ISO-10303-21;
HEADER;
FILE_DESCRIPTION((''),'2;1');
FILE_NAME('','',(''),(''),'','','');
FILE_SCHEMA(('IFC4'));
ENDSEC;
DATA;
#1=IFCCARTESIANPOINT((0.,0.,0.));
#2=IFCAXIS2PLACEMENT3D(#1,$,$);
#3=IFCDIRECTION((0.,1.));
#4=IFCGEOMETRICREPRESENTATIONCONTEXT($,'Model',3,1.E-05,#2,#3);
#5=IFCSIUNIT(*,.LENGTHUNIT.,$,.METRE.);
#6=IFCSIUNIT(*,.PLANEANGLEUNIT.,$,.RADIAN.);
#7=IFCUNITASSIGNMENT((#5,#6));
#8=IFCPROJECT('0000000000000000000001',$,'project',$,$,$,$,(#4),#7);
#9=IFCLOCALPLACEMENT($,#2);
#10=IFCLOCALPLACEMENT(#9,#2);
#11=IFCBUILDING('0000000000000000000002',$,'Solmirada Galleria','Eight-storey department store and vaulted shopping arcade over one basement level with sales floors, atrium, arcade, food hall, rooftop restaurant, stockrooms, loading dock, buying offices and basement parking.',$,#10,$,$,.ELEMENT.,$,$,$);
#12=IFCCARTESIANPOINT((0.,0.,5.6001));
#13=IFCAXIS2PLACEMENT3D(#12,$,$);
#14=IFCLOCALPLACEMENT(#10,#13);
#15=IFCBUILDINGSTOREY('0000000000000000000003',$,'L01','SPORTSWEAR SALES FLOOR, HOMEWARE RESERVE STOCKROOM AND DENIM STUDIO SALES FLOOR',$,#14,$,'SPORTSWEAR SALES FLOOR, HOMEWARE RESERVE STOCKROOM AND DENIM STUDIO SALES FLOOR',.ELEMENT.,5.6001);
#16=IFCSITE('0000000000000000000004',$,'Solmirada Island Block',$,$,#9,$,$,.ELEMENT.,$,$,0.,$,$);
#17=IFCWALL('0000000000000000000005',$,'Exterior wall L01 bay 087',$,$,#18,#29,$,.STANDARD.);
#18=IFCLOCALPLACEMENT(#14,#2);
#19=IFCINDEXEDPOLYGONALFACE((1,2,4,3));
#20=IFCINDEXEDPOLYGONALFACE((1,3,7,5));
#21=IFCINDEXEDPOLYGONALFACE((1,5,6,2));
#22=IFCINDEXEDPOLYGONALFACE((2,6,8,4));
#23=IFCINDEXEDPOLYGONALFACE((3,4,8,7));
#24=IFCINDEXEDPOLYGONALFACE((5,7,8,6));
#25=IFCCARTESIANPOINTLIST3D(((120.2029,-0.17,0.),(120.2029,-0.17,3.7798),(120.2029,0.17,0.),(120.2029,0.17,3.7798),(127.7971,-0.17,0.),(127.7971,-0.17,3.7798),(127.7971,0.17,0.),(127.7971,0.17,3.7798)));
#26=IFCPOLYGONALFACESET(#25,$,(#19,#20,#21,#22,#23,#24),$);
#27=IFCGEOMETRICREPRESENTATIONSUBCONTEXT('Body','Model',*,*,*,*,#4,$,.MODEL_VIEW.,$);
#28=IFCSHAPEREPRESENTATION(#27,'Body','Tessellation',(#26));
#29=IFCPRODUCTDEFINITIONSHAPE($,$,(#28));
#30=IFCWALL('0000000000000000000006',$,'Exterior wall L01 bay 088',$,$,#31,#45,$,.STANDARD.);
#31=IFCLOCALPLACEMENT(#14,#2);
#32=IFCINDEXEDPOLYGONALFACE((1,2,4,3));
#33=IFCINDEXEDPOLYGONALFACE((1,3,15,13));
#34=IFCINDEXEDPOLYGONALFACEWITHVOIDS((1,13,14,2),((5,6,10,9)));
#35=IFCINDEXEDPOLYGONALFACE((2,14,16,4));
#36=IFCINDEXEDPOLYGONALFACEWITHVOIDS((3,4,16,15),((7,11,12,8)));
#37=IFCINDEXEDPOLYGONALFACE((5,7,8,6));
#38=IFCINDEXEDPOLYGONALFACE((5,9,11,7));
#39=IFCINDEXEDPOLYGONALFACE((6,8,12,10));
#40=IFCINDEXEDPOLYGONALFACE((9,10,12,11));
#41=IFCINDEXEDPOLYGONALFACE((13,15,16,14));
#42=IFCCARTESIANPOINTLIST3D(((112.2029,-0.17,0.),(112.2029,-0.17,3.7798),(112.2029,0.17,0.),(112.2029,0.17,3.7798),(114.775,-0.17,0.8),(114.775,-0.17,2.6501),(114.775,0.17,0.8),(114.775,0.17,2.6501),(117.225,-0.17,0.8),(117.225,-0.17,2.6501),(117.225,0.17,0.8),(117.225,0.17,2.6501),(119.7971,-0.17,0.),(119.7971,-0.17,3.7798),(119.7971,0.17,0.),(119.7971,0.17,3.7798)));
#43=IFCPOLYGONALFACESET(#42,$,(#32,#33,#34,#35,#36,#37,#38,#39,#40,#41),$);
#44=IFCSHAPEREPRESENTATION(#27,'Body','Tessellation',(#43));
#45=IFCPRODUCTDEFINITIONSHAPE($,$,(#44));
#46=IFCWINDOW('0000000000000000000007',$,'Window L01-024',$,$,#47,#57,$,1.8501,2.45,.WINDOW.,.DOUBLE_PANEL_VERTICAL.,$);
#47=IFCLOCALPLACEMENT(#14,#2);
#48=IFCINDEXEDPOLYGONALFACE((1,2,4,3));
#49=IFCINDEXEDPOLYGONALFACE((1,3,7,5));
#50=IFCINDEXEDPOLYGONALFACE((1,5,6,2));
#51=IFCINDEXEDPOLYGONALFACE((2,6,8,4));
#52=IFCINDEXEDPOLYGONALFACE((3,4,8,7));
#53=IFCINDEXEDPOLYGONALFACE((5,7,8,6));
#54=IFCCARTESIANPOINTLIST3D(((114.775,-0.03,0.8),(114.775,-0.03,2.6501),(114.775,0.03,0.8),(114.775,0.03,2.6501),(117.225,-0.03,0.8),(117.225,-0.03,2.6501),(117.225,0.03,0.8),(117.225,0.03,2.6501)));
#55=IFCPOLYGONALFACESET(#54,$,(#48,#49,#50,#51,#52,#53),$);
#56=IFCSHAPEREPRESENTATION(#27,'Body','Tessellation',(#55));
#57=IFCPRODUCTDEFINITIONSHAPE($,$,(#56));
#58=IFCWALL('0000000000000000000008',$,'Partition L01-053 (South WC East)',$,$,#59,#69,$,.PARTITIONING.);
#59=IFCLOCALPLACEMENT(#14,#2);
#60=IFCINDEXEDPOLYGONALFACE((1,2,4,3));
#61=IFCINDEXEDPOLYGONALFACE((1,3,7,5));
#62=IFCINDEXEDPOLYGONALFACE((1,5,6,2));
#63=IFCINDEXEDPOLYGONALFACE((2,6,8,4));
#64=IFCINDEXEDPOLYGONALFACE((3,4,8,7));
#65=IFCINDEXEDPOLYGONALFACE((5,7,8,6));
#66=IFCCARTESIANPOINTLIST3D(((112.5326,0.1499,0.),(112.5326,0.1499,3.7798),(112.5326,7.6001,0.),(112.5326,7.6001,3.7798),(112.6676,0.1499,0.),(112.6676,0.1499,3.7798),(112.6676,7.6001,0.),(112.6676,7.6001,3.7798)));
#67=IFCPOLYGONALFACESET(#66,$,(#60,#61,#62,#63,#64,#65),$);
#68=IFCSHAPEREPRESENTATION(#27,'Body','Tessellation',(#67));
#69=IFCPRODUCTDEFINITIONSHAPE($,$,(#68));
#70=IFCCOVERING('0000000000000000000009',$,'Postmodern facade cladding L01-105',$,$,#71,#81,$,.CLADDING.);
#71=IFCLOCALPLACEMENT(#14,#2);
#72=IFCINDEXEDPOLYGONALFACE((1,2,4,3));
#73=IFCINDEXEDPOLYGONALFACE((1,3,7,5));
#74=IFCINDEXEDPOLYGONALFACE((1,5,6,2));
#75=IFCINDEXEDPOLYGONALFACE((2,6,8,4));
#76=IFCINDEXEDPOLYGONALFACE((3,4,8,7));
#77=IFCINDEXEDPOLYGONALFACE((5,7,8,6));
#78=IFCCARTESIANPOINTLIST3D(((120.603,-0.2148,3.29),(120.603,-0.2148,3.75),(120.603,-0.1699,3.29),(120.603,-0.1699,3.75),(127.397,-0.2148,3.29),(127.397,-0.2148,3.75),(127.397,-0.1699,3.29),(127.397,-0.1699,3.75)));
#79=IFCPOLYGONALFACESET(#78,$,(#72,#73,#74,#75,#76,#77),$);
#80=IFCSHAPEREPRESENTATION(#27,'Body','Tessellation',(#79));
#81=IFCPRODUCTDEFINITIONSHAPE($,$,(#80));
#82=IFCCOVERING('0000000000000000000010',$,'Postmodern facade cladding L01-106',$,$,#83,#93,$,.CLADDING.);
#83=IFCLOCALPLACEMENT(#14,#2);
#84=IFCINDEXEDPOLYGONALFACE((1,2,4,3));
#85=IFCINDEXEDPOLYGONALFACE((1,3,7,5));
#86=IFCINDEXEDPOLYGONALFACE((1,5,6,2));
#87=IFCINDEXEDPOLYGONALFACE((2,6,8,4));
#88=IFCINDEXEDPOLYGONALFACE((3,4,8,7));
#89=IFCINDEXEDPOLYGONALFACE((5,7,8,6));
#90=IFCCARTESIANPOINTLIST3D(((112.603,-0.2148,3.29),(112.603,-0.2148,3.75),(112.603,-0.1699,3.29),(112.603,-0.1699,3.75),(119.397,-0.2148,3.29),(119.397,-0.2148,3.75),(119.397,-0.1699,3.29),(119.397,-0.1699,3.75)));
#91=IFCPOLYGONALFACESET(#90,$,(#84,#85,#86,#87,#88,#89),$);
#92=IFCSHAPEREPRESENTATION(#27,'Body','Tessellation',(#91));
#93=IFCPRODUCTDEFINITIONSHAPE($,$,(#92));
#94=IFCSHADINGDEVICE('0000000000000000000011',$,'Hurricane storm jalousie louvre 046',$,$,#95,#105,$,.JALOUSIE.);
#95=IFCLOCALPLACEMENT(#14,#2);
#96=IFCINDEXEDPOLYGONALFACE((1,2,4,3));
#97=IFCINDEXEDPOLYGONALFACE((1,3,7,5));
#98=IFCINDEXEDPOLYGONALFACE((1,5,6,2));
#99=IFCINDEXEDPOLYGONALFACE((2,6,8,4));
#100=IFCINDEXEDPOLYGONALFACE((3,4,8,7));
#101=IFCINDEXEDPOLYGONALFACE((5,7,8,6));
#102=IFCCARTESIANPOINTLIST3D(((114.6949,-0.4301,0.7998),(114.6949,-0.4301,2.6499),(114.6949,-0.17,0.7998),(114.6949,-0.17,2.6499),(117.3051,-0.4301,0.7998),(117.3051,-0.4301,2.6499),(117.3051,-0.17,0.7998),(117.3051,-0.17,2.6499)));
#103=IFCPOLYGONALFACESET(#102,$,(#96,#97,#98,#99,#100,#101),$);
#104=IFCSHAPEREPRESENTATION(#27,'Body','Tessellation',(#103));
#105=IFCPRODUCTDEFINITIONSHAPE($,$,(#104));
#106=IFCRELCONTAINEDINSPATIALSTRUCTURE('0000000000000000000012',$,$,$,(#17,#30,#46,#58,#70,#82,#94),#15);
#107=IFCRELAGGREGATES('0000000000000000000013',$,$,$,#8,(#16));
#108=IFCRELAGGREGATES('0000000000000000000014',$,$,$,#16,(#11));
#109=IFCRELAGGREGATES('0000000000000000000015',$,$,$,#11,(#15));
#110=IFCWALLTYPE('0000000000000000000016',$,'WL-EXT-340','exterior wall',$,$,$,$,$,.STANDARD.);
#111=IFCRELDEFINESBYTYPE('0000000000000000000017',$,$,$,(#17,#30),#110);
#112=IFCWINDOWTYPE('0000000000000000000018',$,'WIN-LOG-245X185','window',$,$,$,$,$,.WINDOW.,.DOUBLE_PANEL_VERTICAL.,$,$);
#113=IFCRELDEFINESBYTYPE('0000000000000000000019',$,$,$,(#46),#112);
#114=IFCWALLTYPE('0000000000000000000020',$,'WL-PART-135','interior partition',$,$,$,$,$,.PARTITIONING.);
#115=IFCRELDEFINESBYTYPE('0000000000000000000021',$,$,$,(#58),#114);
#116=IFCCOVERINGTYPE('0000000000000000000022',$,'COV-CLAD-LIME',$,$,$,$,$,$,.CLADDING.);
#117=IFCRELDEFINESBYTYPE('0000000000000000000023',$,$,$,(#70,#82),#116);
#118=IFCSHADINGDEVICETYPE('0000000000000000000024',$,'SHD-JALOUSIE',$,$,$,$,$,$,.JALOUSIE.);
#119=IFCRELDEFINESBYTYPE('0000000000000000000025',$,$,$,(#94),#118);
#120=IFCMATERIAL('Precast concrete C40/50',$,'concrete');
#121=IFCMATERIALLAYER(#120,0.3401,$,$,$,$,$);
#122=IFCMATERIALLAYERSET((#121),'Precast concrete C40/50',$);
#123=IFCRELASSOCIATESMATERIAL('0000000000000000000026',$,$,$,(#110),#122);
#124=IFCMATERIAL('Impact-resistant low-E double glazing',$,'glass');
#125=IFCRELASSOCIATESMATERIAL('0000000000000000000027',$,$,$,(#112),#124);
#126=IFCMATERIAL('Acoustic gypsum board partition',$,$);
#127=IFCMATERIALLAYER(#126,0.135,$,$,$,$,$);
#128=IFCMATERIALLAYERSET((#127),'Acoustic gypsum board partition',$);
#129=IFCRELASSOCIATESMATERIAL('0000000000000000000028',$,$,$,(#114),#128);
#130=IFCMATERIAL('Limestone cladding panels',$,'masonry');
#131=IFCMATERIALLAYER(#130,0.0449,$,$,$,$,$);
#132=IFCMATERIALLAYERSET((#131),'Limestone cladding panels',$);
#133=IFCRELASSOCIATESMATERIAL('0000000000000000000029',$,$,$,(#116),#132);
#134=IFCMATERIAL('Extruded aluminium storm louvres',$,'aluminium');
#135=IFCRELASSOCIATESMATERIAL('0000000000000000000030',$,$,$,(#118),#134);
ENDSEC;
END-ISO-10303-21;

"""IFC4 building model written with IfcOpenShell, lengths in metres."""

from ifc_helpers import new_model, si_unit, direction, frame, frame_2d, origin, origin_2d, place, context, subcontext, project, spatial, rectangle, extrude, material, layer, layer_set, type_object, element, fill, save


model = new_model("IFC4")

# Units and contexts
model_context = context("Model", 3, precision=1e-05, world=origin(), true_north=direction((0.0, 1.0)))
body_context = subcontext(model_context, "Body", "Model", "MODEL_VIEW")
ifc_project = project(units=[si_unit("LENGTHUNIT", "METRE"), si_unit("PLANEANGLEUNIT", "RADIAN")], contexts=[model_context])

# Site, building, storey
site_placement = place(None, origin())
site = spatial("IfcSite", under=ifc_project, at=site_placement, Name="Solmirada Island Block", CompositionType="ELEMENT", RefElevation=0.0)
building_placement = place(site_placement, origin())
building = spatial("IfcBuilding", under=site, at=building_placement, Name="Solmirada Galleria", Description="Eight-storey department store and vaulted shopping arcade over one basement level with sales floors, atrium, arcade, food hall, rooftop restaurant, stockrooms, loading dock, buying offices and basement parking.", CompositionType="ELEMENT")
storey_placement = place(building_placement, frame((0.0, 0.0, 5.6001)))
storey = spatial("IfcBuildingStorey", under=building, at=storey_placement, Name="L01", Description="SPORTSWEAR SALES FLOOR, HOMEWARE RESERVE STOCKROOM AND DENIM STUDIO SALES FLOOR", LongName="SPORTSWEAR SALES FLOOR, HOMEWARE RESERVE STOCKROOM AND DENIM STUDIO SALES FLOOR", CompositionType="ELEMENT", Elevation=5.6001)

# Shared definitions
ifc_material_1 = material(Name="Precast concrete C40/50", Category="concrete")

# Wall
ifc_layer_1 = layer(ifc_material_1, 0.3401)
ifc_layer_set_1 = layer_set([ifc_layer_1], Name="Precast concrete C40/50")
wall_type_1 = type_object("IfcWallType", Name="WL-EXT-340", Description="exterior wall", PredefinedType="STANDARD", material=ifc_layer_set_1)
wall_1_placement = place(storey_placement, frame((127.7971, 0.0, 0.0), z_axis=(0.0, 0.0, 1.0), x_axis=(-1.0, 0.0, 0.0)))
element("IfcWall", 1, at=wall_1_placement, inside=storey, type_object=wall_type_1, Name="Exterior wall L01 bay 087", PredefinedType="STANDARD", context=body_context, shape_type="SweptSolid", body=[
    extrude(rectangle(XDim=7.5942, YDim=0.3401, at=frame_2d((3.7971, 0.0))), origin(), (0.0, 0.0, 1.0), 3.7798),
])

# Wall, opening, window
wall_2_placement = place(storey_placement, frame((119.7971, 0.0, 0.0), z_axis=(0.0, 0.0, 1.0), x_axis=(-1.0, 0.0, 0.0)))
wall_2 = element("IfcWall", 2, at=wall_2_placement, inside=storey, type_object=wall_type_1, Name="Exterior wall L01 bay 088", PredefinedType="STANDARD", context=body_context, shape_type="SweptSolid", body=[
    extrude(rectangle(XDim=7.5942, YDim=0.3401, at=frame_2d((3.7971, 0.0))), origin(), (0.0, 0.0, 1.0), 3.7798),
])
opening_placement = place(wall_2_placement, frame((2.572, 0.0, 0.8)))
opening = element("IfcOpeningElement", 3, at=opening_placement, cuts=wall_2, PredefinedType="OPENING", context=body_context, shape_type="SweptSolid", body=[
    extrude(rectangle(XDim=2.45, YDim=1.8501, at=frame_2d((1.2251, 0.925))), frame((0.0, 0.1799, 0.0), z_axis=(0.0, -1.0, 0.0), x_axis=(1.0, 0.0, 0.0)), (0.0, 0.0, 1.0), 0.3601),
])
ifc_material_2 = material(Name="Impact-resistant low-E double glazing", Category="glass")
window_type = type_object("IfcWindowType", Name="WIN-LOG-245X185", Description="window", PartitioningType="DOUBLE_PANEL_VERTICAL", PredefinedType="WINDOW", material=ifc_material_2)
window_placement = place(opening_placement, origin())
window = element("IfcWindow", 4, at=window_placement, inside=storey, type_object=window_type, Name="Window L01-024", OverallHeight=1.8501, OverallWidth=2.45, PartitioningType="DOUBLE_PANEL_VERTICAL", PredefinedType="WINDOW", context=body_context, shape_type="SweptSolid", body=[
    extrude(rectangle(XDim=2.45, YDim=1.8501, at=frame_2d((1.2251, 0.925))), frame((0.0, 0.03, 0.0), z_axis=(0.0, -1.0, 0.0), x_axis=(1.0, 0.0, 0.0)), (0.0, 0.0, 1.0), 0.0601),
])
fill(opening, window)

# Wall
ifc_material_3 = material(Name="Acoustic gypsum board partition")
ifc_layer_2 = layer(ifc_material_3, 0.135)
ifc_layer_set_2 = layer_set([ifc_layer_2], Name="Acoustic gypsum board partition")
wall_type_2 = type_object("IfcWallType", Name="WL-PART-135", Description="interior partition", PredefinedType="PARTITIONING", material=ifc_layer_set_2)
wall_3_placement = place(storey_placement, frame((112.6001, 0.1499, 0.0), z_axis=(0.0, 0.0, 1.0), x_axis=(0.0, 1.0, 0.0)))
element("IfcWall", 5, at=wall_3_placement, inside=storey, type_object=wall_type_2, Name="Partition L01-053 (South WC East)", PredefinedType="PARTITIONING", context=body_context, shape_type="SweptSolid", body=[
    extrude(rectangle(XDim=7.4502, YDim=0.135, at=frame_2d((3.7251, 0.0))), origin(), (0.0, 0.0, 1.0), 3.7798),
])

# Coverings
ifc_material_4 = material(Name="Limestone cladding panels", Category="masonry")
ifc_layer_3 = layer(ifc_material_4, 0.0449)
ifc_layer_set_3 = layer_set([ifc_layer_3], Name="Limestone cladding panels")
covering_type = type_object("IfcCoveringType", Name="COV-CLAD-LIME", PredefinedType="CLADDING", material=ifc_layer_set_3)
for number, where, z_axis, x_axis, name in (
    (6, (124.0, -0.1924, 3.29), (0.0, 0.0, 1.0), (-1.0, 0.0, 0.0), "Postmodern facade cladding L01-105"),
    (7, (116.0, -0.1924, 3.29), (0.0, 0.0, 1.0), (-1.0, 0.0, 0.0), "Postmodern facade cladding L01-106"),
):
    element("IfcCovering", number, at=place(storey_placement, frame(where, z_axis=z_axis, x_axis=x_axis)), inside=storey, type_object=covering_type, Name=name, PredefinedType="CLADDING", context=body_context, shape_type="SweptSolid", body=[
        extrude(rectangle(XDim=6.7939, YDim=0.0449, at=origin_2d()), origin(), (0.0, 0.0, 1.0), 0.46),
    ])

# Shading device
ifc_material_5 = material(Name="Extruded aluminium storm louvres", Category="aluminium")
shading_device_type = type_object("IfcShadingDeviceType", Name="SHD-JALOUSIE", PredefinedType="JALOUSIE", material=ifc_material_5)
shading_device_placement = place(storey_placement, frame((116.0, -0.3, 0.7998), z_axis=(0.0, 0.0, 1.0), x_axis=(-1.0, 0.0, 0.0)))
element("IfcShadingDevice", 8, at=shading_device_placement, inside=storey, type_object=shading_device_type, Name="Hurricane storm jalousie louvre 046", PredefinedType="JALOUSIE", context=body_context, shape_type="SweptSolid", body=[
    extrude(rectangle(XDim=2.6101, YDim=0.26, at=origin_2d()), origin(), (0.0, 0.0, 1.0), 1.8501),
])

save(model, "model.ifc")
